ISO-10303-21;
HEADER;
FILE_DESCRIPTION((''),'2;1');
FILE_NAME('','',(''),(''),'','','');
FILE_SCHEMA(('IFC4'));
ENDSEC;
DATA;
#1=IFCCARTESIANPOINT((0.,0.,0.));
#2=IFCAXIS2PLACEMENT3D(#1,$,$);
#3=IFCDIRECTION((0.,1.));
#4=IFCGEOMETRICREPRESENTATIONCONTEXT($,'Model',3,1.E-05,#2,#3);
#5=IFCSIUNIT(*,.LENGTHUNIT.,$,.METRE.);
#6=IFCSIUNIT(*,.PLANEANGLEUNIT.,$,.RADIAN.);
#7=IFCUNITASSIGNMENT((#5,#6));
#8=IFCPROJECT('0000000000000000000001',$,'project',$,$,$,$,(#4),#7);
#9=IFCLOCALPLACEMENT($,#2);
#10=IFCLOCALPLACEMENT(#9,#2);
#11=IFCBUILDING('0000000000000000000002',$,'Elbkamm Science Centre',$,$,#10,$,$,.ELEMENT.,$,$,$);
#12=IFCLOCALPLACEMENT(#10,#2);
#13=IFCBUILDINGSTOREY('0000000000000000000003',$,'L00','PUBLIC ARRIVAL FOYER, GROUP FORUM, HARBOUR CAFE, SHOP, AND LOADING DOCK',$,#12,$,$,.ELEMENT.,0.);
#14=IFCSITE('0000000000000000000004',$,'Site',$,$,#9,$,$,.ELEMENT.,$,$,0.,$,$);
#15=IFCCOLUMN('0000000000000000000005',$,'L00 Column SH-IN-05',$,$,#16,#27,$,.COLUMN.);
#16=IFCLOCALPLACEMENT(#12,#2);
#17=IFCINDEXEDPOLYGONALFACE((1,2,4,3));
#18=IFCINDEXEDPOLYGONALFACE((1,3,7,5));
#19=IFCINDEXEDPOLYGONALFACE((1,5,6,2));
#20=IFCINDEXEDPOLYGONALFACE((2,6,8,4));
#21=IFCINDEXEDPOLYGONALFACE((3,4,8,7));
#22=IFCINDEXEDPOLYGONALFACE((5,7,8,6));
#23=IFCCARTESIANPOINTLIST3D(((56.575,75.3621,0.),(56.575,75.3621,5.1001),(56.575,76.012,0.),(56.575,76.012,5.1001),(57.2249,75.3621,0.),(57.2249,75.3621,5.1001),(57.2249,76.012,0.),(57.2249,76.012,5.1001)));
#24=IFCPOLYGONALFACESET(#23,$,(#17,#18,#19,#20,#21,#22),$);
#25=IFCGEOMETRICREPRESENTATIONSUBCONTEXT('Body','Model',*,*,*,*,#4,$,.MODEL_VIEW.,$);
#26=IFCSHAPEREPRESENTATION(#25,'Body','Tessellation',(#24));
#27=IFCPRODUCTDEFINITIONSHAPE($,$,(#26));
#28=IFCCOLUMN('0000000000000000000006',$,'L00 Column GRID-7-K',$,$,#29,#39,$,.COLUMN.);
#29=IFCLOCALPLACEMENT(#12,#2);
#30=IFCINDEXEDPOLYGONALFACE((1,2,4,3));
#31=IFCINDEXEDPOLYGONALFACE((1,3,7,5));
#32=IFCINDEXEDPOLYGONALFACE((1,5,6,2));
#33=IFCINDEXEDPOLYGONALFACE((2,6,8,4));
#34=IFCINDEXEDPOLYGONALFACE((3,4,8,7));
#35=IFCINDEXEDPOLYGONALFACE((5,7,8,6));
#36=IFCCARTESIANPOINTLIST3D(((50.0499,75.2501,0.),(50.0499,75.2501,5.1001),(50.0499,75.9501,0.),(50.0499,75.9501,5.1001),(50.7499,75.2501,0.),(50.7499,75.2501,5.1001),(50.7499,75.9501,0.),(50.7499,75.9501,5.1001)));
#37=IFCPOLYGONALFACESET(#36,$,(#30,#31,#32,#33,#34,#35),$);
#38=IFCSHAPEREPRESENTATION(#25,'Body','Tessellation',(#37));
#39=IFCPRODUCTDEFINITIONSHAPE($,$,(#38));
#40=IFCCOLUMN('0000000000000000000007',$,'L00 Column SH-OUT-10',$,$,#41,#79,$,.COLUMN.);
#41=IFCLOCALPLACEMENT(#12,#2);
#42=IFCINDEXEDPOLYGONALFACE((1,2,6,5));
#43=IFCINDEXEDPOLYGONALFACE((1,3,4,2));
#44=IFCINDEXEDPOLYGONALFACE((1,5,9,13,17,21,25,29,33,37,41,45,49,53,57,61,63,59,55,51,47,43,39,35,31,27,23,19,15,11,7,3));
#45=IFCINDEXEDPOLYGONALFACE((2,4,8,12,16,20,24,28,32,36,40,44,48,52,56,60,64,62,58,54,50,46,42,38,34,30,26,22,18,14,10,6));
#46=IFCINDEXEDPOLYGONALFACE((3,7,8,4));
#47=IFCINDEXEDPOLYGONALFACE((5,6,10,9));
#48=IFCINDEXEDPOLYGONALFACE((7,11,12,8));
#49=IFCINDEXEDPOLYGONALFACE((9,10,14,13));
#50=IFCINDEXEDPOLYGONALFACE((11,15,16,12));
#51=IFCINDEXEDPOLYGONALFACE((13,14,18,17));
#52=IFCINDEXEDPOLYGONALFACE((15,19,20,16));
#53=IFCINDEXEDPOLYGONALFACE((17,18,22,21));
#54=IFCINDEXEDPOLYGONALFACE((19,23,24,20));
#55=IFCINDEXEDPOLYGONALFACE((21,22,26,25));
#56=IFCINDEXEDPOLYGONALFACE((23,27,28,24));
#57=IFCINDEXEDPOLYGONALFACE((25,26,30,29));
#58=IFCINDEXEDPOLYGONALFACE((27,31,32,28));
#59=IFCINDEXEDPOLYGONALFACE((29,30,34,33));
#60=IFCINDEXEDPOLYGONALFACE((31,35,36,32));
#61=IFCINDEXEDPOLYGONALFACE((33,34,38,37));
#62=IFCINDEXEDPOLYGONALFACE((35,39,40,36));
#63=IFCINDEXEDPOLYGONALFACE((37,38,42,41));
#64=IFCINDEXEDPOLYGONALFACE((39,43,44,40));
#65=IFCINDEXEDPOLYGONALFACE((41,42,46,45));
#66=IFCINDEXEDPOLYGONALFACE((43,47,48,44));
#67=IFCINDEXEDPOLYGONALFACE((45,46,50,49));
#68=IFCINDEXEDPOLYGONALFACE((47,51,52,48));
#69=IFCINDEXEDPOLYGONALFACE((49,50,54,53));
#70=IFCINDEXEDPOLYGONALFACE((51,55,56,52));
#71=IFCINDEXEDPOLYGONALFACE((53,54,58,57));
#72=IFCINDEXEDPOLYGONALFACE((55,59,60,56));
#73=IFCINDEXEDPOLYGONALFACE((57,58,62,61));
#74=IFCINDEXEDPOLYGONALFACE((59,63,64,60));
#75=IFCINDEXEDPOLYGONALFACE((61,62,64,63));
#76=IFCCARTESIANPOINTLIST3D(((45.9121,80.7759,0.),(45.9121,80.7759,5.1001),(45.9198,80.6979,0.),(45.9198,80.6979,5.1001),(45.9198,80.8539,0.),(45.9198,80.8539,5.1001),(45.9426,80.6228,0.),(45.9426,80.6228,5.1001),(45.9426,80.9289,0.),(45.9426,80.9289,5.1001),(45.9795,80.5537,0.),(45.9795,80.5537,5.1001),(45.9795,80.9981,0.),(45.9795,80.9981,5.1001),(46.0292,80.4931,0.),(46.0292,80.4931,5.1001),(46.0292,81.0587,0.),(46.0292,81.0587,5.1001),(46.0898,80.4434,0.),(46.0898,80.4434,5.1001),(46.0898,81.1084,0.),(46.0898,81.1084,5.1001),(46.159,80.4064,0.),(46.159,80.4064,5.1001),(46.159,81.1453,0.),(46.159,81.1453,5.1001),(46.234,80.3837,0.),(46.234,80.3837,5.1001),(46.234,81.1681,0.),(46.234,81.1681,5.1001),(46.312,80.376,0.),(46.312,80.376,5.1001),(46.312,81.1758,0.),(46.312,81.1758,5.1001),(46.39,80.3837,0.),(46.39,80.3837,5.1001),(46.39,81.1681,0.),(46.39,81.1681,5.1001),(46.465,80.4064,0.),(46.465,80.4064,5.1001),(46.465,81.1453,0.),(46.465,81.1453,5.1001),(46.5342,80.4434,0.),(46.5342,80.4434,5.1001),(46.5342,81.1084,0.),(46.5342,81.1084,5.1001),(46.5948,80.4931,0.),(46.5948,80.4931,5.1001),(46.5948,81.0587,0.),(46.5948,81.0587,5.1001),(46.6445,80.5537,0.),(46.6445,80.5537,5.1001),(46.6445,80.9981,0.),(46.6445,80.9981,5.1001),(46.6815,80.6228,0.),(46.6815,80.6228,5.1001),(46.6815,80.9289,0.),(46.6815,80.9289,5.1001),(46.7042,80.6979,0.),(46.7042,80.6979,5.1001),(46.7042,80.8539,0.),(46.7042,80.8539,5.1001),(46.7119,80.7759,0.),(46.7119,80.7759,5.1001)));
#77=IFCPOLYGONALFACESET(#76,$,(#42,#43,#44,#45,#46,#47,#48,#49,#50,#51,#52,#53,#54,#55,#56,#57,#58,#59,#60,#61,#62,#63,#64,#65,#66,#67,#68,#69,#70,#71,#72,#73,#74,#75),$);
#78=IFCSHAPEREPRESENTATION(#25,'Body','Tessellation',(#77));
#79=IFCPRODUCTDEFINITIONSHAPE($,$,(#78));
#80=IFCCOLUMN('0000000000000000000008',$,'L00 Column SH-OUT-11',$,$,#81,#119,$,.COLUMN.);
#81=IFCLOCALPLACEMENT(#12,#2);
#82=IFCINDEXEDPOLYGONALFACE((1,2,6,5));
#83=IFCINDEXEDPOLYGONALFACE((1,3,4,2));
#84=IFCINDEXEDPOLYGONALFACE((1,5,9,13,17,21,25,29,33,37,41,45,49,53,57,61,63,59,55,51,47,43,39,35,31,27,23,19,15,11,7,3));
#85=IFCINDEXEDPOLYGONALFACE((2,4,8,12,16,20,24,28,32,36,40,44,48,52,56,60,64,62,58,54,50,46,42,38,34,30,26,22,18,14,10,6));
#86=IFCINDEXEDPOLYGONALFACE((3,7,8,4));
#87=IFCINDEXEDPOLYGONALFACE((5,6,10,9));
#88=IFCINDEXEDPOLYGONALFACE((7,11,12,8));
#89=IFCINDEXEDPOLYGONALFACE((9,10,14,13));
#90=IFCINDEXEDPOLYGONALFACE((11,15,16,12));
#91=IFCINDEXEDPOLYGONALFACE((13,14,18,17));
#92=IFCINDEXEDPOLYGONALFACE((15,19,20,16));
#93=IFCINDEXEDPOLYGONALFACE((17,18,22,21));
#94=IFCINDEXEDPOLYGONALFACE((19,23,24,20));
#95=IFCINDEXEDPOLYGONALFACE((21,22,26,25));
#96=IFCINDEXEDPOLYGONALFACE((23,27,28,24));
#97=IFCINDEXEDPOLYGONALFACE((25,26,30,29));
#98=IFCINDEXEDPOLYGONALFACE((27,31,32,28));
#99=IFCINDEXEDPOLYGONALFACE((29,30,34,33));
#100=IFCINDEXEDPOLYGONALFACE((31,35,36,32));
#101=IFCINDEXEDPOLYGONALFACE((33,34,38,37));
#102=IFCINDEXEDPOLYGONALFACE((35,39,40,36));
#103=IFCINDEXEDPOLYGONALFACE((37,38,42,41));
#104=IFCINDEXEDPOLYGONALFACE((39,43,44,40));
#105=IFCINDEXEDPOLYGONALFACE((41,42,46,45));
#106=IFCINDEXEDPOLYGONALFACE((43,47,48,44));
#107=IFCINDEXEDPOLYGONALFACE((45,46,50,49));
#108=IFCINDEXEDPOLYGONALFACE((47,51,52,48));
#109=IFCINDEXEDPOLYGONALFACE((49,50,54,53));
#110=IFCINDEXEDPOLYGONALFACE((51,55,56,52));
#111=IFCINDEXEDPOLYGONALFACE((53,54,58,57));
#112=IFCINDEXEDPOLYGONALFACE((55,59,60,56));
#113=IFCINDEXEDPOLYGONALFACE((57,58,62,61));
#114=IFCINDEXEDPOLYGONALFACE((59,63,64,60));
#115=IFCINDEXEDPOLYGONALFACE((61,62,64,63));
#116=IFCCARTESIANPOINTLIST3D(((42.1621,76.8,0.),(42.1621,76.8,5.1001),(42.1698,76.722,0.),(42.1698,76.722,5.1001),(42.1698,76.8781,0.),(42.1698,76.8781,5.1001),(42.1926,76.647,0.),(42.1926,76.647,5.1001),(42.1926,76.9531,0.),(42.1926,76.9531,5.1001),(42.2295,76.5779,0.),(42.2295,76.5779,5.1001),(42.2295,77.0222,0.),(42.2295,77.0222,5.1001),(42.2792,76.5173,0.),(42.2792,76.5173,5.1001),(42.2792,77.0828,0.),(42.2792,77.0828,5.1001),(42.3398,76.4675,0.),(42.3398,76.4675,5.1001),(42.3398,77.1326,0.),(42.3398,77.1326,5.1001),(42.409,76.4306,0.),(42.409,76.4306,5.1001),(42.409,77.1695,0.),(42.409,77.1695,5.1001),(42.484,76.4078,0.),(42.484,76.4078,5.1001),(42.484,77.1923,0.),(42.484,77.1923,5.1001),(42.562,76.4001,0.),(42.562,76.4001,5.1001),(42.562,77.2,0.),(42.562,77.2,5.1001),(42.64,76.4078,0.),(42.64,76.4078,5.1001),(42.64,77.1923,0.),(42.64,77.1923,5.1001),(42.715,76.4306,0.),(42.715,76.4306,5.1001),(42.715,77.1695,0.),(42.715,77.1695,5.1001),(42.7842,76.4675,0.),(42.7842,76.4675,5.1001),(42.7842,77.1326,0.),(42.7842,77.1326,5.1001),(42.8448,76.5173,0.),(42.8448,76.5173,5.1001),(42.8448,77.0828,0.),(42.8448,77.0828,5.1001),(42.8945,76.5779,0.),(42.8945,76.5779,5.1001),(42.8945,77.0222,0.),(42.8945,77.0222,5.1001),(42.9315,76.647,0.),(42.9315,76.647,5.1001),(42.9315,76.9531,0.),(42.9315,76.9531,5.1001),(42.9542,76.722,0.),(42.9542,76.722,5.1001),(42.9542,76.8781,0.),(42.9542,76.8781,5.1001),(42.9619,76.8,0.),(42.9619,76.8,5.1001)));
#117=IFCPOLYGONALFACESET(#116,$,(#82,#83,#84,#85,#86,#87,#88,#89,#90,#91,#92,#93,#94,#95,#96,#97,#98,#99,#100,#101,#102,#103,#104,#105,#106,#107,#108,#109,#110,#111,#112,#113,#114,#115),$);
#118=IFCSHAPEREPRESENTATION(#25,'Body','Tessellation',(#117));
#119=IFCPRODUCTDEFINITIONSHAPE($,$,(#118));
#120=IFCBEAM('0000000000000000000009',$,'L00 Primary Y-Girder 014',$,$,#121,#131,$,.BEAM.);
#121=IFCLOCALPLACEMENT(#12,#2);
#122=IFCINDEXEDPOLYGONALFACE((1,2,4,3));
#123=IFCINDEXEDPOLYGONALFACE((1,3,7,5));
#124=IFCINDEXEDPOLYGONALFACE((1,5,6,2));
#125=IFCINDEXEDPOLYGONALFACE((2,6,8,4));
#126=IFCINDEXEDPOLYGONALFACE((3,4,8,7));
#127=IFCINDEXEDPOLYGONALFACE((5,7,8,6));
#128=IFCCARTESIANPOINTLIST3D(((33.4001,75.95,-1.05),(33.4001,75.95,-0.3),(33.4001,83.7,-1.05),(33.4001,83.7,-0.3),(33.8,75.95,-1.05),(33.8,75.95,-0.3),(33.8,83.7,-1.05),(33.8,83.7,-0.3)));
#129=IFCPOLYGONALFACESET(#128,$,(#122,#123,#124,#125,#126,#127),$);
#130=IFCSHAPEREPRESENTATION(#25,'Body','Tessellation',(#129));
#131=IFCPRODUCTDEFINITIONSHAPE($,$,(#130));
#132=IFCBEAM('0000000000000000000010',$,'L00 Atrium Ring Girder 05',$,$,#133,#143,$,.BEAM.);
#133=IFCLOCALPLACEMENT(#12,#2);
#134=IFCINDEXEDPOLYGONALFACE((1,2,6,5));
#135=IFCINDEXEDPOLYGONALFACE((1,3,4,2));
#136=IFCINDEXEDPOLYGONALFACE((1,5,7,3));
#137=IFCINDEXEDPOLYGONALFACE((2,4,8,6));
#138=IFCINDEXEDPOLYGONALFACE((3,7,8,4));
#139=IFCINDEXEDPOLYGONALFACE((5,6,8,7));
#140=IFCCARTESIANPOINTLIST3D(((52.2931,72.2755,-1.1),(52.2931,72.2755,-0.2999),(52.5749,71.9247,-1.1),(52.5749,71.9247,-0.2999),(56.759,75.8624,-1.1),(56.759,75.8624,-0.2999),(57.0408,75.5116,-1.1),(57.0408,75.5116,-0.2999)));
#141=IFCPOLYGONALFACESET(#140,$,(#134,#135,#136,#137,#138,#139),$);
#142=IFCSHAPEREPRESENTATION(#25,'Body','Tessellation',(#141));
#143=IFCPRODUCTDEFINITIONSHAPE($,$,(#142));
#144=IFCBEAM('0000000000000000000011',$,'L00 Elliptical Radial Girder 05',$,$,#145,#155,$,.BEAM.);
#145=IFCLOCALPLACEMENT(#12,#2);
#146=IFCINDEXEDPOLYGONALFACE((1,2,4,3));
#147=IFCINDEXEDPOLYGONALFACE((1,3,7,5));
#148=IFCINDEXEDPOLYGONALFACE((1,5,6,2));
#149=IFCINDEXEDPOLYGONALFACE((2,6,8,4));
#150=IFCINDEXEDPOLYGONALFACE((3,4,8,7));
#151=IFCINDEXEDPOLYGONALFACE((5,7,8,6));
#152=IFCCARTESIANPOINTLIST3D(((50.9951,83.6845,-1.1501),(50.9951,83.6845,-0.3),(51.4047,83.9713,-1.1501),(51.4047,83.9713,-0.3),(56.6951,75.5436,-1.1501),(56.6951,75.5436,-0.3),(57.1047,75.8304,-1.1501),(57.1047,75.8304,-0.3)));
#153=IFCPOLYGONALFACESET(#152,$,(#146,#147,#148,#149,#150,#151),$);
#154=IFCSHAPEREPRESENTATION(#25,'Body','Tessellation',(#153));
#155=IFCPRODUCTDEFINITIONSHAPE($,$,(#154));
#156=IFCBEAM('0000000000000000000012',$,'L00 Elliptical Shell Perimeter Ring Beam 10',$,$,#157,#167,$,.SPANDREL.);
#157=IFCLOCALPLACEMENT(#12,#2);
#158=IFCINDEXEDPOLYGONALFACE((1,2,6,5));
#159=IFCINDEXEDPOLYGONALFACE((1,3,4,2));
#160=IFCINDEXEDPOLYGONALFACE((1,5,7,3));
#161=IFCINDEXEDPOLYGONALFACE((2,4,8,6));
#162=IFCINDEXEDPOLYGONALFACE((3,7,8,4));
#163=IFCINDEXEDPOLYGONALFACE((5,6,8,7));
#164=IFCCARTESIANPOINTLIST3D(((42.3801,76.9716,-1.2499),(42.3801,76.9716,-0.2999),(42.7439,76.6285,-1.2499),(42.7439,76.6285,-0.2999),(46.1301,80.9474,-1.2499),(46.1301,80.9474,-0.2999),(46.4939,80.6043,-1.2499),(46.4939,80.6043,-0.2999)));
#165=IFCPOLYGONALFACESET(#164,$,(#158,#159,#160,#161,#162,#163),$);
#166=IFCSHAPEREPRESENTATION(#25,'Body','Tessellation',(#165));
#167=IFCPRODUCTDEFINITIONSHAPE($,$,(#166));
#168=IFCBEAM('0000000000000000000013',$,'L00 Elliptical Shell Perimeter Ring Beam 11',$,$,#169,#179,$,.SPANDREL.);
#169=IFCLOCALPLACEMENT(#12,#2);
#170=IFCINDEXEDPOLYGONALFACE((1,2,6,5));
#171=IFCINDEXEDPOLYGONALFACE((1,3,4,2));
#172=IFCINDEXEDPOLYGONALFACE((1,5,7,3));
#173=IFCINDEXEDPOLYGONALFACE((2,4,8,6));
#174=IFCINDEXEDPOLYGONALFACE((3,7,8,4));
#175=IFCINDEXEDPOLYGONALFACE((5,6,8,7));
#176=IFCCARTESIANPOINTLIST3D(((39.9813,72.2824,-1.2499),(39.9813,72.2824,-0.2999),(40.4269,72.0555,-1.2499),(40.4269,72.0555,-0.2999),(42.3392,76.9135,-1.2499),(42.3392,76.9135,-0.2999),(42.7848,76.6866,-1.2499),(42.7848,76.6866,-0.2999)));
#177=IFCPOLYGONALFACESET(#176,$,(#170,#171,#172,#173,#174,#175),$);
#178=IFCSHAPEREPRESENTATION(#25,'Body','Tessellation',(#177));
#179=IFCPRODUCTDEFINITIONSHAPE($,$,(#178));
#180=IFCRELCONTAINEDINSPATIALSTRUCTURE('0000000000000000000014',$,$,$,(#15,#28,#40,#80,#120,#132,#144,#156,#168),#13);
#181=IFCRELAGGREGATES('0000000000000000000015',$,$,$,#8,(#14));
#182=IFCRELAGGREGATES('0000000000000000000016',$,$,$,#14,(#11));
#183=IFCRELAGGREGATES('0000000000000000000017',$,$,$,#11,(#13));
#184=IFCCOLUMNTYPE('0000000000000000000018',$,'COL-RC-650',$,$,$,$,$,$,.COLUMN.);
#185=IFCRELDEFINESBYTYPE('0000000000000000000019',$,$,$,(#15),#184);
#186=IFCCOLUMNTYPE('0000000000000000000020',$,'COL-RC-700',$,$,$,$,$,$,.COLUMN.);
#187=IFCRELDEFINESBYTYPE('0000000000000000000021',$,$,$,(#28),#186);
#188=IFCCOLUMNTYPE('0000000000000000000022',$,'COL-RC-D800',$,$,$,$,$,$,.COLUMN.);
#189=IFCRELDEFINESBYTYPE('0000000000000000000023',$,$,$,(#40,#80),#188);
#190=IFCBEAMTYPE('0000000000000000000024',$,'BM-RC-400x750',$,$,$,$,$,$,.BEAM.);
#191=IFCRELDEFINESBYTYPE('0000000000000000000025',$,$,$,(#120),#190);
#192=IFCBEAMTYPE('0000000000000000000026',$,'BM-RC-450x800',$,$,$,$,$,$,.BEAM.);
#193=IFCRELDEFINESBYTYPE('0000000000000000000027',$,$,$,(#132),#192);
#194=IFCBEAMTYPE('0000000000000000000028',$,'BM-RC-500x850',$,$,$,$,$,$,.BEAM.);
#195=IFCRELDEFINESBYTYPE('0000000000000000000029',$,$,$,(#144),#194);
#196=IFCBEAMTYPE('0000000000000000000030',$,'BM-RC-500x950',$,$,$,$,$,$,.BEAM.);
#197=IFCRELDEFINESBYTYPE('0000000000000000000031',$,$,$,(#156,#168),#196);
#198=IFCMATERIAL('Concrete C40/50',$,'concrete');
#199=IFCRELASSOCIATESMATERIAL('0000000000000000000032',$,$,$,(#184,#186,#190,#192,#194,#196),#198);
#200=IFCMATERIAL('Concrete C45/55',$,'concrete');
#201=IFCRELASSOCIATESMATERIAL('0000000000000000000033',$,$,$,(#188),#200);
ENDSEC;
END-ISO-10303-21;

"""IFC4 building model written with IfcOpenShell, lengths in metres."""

from ifc_helpers import new_model, si_unit, direction, frame, origin, origin_2d, place, context, subcontext, project, spatial, rectangle, circle, extrude, material, material_profile, profile_set, type_object, element, save


model = new_model("IFC4")

# Units and contexts
model_context = context("Model", 3, precision=1e-05, world=origin(), true_north=direction((0.0, 1.0)))
body_context = subcontext(model_context, "Body", "Model", "MODEL_VIEW")
ifc_project = project(units=[si_unit("LENGTHUNIT", "METRE"), si_unit("PLANEANGLEUNIT", "RADIAN")], contexts=[model_context])

# Site, building, storey
site_placement = place(None, origin())
site = spatial("IfcSite", under=ifc_project, at=site_placement, Name="Site", CompositionType="ELEMENT", RefElevation=0.0)
building_placement = place(site_placement, origin())
building = spatial("IfcBuilding", under=site, at=building_placement, Name="Elbkamm Science Centre", CompositionType="ELEMENT")
storey_placement = place(building_placement, origin())
storey = spatial("IfcBuildingStorey", under=building, at=storey_placement, Name="L00", Description="PUBLIC ARRIVAL FOYER, GROUP FORUM, HARBOUR CAFE, SHOP, AND LOADING DOCK", CompositionType="ELEMENT", Elevation=0.0)

# Columns
ifc_material_1 = material(Name="Concrete C40/50", Category="concrete")
ifc_material_profile_1 = material_profile(ifc_material_1, rectangle(XDim=0.6499, YDim=0.6499, at=origin_2d()), Name="RC 650x650")
ifc_profile_set_1 = profile_set([ifc_material_profile_1], Name="Concrete C40/50")
column_type_1 = type_object("IfcColumnType", Name="COL-RC-650", PredefinedType="COLUMN", material=ifc_profile_set_1)
column_1_placement = place(storey_placement, frame((56.8999, 75.687, 0.0), z_axis=(0.0, 0.0, 1.0), x_axis=(1.0, 0.0, 0.0)))
element("IfcColumn", 1, at=column_1_placement, inside=storey, type_object=column_type_1, Name="L00 Column SH-IN-05", PredefinedType="COLUMN", context=body_context, shape_type="SweptSolid", body=[
    extrude(rectangle(XDim=0.6499, YDim=0.6499, at=origin_2d()), origin(), (0.0, 0.0, 1.0), 5.1001),
])
ifc_material_profile_2 = material_profile(ifc_material_1, rectangle(XDim=0.7, YDim=0.7, at=origin_2d()), Name="RC 700x700")
ifc_profile_set_2 = profile_set([ifc_material_profile_2], Name="Concrete C40/50")
column_type_2 = type_object("IfcColumnType", Name="COL-RC-700", PredefinedType="COLUMN", material=ifc_profile_set_2)
column_2_placement = place(storey_placement, frame((50.3999, 75.6001, 0.0), z_axis=(0.0, 0.0, 1.0), x_axis=(1.0, 0.0, 0.0)))
element("IfcColumn", 2, at=column_2_placement, inside=storey, type_object=column_type_2, Name="L00 Column GRID-7-K", PredefinedType="COLUMN", context=body_context, shape_type="SweptSolid", body=[
    extrude(rectangle(XDim=0.7, YDim=0.7, at=origin_2d()), origin(), (0.0, 0.0, 1.0), 5.1001),
])
ifc_material_2 = material(Name="Concrete C45/55", Category="concrete")
ifc_material_profile_3 = material_profile(ifc_material_2, circle(Radius=0.3999, at=origin_2d()), Name="RC D800")
ifc_profile_set_3 = profile_set([ifc_material_profile_3], Name="Concrete C45/55")
column_type_3 = type_object("IfcColumnType", Name="COL-RC-D800", PredefinedType="COLUMN", material=ifc_profile_set_3)
for number, where, z_axis, x_axis, name in (
    (3, (46.312, 80.7759, 0.0), (0.0, 0.0, 1.0), (1.0, 0.0, 0.0), "L00 Column SH-OUT-10"),
    (4, (42.562, 76.8, 0.0), (0.0, 0.0, 1.0), (1.0, 0.0, 0.0), "L00 Column SH-OUT-11"),
):
    element("IfcColumn", number, at=place(storey_placement, frame(where, z_axis=z_axis, x_axis=x_axis)), inside=storey, type_object=column_type_3, Name=name, PredefinedType="COLUMN", context=body_context, shape_type="SweptSolid", body=[
        extrude(circle(Radius=0.3999, at=origin_2d()), origin(), (0.0, 0.0, 1.0), 5.1001),
    ])

# Beams
ifc_material_profile_4 = material_profile(ifc_material_1, rectangle(XDim=0.3999, YDim=0.75, at=origin_2d()), Name="RC 400x750")
ifc_profile_set_4 = profile_set([ifc_material_profile_4], Name="Concrete C40/50")
beam_type_1 = type_object("IfcBeamType", Name="BM-RC-400x750", PredefinedType="BEAM", material=ifc_profile_set_4)
beam_1_placement = place(storey_placement, frame((33.6001, 75.95, -0.675), z_axis=(0.0, 1.0, 0.0), x_axis=(-1.0, 0.0, 0.0)))
element("IfcBeam", 5, at=beam_1_placement, inside=storey, type_object=beam_type_1, Name="L00 Primary Y-Girder 014", PredefinedType="BEAM", context=body_context, shape_type="SweptSolid", body=[
    extrude(rectangle(XDim=0.3999, YDim=0.75, at=origin_2d()), origin(), (0.0, 0.0, 1.0), 7.75),
])
ifc_material_profile_5 = material_profile(ifc_material_1, rectangle(XDim=0.45, YDim=0.8, at=origin_2d()), Name="RC 450x800")
ifc_profile_set_5 = profile_set([ifc_material_profile_5], Name="Concrete C40/50")
beam_type_2 = type_object("IfcBeamType", Name="BM-RC-450x800", PredefinedType="BEAM", material=ifc_profile_set_5)
beam_2_placement = place(storey_placement, frame((56.8999, 75.687, -0.7), z_axis=(-0.779653, -0.626212, 0.0), x_axis=(0.626212, -0.779653, 0.0)))
element("IfcBeam", 6, at=beam_2_placement, inside=storey, type_object=beam_type_2, Name="L00 Atrium Ring Girder 05", PredefinedType="BEAM", context=body_context, shape_type="SweptSolid", body=[
    extrude(rectangle(XDim=0.45, YDim=0.8, at=origin_2d()), origin(), (0.0, 0.0, 1.0), 5.728),
])
ifc_material_profile_6 = material_profile(ifc_material_1, rectangle(XDim=0.5, YDim=0.8501, at=origin_2d()), Name="RC 500x850")
ifc_profile_set_6 = profile_set([ifc_material_profile_6], Name="Concrete C40/50")
beam_type_3 = type_object("IfcBeamType", Name="BM-RC-500x850", PredefinedType="BEAM", material=ifc_profile_set_6)
beam_3_placement = place(storey_placement, frame((56.8999, 75.687, -0.7251), z_axis=(-0.573553, 0.819168, 0.0), x_axis=(-0.819168, -0.573553, 0.0)))
element("IfcBeam", 7, at=beam_3_placement, inside=storey, type_object=beam_type_3, Name="L00 Elliptical Radial Girder 05", PredefinedType="BEAM", context=body_context, shape_type="SweptSolid", body=[
    extrude(rectangle(XDim=0.5, YDim=0.8501, at=origin_2d()), origin(), (0.0, 0.0, 1.0), 9.938),
])
ifc_material_profile_7 = material_profile(ifc_material_1, rectangle(XDim=0.5, YDim=0.95, at=origin_2d()), Name="RC 500x950")
ifc_profile_set_7 = profile_set([ifc_material_profile_7], Name="Concrete C40/50")
beam_type_4 = type_object("IfcBeamType", Name="BM-RC-500x950", PredefinedType="BEAM", material=ifc_profile_set_7)
beam_4_placement = place(storey_placement, frame((46.312, 80.7759, -0.7749), z_axis=(-0.686145, -0.727465, 0.0), x_axis=(0.727465, -0.686145, 0.0)))
element("IfcBeam", 8, at=beam_4_placement, inside=storey, type_object=beam_type_4, Name="L00 Elliptical Shell Perimeter Ring Beam 10", PredefinedType="SPANDREL", context=body_context, shape_type="SweptSolid", body=[
    extrude(rectangle(XDim=0.5, YDim=0.95, at=origin_2d()), origin(), (0.0, 0.0, 1.0), 5.4653),
])
beam_5_placement = place(storey_placement, frame((42.562, 76.8, -0.7749), z_axis=(-0.453722, -0.891143, 0.0), x_axis=(0.891143, -0.453722, 0.0)))
element("IfcBeam", 9, at=beam_5_placement, inside=storey, type_object=beam_type_4, Name="L00 Elliptical Shell Perimeter Ring Beam 11", PredefinedType="SPANDREL", context=body_context, shape_type="SweptSolid", body=[
    extrude(rectangle(XDim=0.5, YDim=0.95, at=origin_2d()), origin(), (0.0, 0.0, 1.0), 5.1968),
])

save(model, "model.ifc")
